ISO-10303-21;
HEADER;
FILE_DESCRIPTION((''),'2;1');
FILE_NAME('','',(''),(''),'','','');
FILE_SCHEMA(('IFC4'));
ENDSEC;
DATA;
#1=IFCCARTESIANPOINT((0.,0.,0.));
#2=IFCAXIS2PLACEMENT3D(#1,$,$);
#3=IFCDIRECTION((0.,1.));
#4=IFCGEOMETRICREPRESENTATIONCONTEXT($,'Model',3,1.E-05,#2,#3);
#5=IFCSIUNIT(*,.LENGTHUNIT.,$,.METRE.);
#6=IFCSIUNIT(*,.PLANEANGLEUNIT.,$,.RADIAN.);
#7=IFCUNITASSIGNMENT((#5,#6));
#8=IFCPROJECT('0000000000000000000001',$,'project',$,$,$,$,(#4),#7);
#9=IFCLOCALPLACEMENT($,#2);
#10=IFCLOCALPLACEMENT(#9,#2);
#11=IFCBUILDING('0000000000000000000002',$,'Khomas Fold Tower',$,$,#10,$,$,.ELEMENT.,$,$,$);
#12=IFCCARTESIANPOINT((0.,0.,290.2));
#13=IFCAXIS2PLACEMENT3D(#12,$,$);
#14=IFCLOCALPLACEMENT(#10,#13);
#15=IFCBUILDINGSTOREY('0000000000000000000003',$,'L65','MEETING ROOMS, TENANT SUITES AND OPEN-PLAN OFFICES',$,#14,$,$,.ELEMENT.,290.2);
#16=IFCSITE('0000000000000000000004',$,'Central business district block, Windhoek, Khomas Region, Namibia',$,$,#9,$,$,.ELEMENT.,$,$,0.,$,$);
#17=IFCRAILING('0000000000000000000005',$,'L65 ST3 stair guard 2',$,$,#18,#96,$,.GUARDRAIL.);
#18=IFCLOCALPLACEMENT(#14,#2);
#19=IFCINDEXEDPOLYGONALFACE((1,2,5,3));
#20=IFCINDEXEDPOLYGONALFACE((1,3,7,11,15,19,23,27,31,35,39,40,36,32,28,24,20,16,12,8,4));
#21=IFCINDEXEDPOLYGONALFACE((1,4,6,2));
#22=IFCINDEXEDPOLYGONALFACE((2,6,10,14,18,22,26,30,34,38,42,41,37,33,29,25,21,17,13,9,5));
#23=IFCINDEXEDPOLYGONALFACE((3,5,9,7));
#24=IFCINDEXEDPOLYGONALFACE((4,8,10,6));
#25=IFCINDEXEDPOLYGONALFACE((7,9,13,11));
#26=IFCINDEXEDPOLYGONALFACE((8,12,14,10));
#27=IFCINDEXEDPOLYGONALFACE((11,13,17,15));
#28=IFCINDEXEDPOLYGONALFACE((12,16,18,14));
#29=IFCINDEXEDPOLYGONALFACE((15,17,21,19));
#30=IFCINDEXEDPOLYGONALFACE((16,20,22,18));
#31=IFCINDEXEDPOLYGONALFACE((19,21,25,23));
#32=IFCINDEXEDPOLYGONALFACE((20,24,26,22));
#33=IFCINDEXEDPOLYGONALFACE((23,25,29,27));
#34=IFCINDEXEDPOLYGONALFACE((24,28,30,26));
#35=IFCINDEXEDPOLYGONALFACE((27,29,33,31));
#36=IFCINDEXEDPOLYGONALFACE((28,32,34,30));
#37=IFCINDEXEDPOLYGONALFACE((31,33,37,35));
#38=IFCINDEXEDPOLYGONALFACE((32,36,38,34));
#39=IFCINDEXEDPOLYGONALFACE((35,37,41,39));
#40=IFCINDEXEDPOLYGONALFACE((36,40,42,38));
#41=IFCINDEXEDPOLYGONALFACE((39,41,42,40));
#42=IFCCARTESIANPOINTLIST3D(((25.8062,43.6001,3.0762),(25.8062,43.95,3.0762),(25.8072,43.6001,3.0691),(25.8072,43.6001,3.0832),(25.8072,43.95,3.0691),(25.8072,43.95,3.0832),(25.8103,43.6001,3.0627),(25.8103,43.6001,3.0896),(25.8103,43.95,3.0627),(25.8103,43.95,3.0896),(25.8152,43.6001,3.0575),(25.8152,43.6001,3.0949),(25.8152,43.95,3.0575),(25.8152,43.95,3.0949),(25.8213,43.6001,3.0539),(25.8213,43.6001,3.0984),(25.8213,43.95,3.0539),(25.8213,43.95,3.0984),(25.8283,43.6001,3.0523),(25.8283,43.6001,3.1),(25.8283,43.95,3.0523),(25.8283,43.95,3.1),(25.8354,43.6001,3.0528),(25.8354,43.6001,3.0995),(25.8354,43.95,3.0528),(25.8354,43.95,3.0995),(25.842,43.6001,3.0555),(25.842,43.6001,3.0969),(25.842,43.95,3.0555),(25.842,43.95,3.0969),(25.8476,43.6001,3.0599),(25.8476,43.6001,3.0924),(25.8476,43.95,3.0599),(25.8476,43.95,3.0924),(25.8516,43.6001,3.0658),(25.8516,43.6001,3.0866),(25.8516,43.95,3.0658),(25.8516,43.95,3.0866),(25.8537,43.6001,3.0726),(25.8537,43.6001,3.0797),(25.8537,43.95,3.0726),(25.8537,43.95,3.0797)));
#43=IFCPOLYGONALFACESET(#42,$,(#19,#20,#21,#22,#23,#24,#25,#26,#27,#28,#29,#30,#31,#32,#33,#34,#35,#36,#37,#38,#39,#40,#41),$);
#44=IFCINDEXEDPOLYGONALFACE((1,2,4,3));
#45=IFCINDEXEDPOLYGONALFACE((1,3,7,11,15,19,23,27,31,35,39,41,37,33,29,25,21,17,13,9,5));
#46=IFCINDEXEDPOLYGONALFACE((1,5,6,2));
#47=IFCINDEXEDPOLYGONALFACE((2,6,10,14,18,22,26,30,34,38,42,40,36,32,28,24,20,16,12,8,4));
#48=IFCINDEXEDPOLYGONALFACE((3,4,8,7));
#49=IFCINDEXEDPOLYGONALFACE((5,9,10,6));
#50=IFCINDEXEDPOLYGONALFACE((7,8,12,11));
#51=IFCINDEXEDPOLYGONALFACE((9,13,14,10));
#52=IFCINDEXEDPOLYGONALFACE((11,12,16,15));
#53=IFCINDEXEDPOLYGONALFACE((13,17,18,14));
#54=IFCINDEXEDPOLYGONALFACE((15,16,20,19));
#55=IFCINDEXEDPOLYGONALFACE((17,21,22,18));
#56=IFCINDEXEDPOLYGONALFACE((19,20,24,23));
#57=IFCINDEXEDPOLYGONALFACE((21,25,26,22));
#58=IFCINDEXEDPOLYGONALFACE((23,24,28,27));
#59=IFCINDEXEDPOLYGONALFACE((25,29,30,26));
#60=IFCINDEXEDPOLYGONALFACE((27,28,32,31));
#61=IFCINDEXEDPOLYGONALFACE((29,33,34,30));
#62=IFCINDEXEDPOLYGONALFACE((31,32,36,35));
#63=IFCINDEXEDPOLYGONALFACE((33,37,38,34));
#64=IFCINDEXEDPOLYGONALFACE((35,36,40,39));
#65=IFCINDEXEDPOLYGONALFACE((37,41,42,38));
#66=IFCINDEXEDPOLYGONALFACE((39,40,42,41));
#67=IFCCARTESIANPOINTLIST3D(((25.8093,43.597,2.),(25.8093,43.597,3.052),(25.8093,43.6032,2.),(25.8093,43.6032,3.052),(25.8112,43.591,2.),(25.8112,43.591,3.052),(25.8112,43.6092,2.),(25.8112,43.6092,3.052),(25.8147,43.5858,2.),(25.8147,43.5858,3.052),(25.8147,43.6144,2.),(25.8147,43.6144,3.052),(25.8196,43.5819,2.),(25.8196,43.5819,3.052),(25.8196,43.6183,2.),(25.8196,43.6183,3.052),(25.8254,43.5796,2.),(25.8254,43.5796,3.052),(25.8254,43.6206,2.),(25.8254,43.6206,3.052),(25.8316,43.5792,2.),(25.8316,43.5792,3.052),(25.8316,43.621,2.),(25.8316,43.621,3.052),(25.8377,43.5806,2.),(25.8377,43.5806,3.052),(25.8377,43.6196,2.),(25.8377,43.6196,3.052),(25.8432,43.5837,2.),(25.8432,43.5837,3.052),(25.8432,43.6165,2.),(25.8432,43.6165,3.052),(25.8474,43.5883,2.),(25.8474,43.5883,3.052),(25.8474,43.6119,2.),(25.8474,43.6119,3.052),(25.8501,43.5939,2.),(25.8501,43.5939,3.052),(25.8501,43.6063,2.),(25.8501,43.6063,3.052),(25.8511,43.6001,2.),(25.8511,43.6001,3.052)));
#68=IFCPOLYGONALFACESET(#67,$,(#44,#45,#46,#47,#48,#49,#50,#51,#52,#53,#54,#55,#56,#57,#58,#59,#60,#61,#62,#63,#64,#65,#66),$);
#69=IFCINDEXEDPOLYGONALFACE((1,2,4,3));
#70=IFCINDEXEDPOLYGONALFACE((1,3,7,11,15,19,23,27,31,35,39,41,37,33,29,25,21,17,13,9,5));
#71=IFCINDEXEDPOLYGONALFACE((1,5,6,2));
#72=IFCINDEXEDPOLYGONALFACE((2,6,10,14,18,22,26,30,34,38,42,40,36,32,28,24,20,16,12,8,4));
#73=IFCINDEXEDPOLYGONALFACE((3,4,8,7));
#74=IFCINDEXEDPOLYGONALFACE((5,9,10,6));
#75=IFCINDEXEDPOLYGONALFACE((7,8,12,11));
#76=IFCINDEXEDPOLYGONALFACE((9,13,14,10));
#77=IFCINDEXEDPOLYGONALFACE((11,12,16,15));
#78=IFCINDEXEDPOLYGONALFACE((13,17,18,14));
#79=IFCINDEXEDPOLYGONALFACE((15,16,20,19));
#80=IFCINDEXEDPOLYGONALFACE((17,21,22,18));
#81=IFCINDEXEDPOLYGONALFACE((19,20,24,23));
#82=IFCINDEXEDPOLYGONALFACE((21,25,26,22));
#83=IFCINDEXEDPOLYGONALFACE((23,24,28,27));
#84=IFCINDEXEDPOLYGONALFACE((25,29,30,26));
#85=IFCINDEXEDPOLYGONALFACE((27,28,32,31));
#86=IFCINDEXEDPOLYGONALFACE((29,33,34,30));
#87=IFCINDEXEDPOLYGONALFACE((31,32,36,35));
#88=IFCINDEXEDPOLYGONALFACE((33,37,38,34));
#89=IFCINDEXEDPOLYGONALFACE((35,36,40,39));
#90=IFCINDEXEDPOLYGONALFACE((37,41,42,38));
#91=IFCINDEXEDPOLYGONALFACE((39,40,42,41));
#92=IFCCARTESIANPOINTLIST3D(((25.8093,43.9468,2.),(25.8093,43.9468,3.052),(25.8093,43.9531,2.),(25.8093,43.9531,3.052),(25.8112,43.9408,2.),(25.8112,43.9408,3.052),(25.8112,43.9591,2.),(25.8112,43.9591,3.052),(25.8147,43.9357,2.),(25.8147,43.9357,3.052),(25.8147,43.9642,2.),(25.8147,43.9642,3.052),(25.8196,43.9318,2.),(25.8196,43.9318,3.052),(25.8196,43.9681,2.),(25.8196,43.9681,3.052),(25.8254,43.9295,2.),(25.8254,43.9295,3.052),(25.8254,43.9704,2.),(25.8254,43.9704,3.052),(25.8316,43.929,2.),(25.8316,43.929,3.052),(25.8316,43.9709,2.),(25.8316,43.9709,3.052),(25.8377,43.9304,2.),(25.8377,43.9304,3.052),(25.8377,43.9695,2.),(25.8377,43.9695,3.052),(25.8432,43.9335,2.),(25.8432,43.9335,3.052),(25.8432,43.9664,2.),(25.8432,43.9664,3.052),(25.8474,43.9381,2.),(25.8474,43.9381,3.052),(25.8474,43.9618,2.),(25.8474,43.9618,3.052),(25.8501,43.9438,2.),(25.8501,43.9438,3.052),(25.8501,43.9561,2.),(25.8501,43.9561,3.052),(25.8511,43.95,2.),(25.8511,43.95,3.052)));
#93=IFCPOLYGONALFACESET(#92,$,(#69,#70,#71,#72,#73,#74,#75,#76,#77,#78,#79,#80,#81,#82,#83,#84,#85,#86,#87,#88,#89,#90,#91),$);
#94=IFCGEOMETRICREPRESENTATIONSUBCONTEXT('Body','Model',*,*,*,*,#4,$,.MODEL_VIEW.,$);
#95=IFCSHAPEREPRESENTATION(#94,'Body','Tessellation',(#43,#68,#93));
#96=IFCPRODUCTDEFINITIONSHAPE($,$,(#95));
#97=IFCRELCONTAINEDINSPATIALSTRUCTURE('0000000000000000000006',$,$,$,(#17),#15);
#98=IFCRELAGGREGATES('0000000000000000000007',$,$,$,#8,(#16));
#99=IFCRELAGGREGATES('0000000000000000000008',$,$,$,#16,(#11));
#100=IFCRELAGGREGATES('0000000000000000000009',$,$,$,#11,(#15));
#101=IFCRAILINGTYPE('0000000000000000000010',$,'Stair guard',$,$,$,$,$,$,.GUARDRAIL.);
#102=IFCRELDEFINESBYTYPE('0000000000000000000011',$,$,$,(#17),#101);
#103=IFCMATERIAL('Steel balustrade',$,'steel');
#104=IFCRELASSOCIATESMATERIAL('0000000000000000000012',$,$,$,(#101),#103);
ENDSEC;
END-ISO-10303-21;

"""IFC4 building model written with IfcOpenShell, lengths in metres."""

from ifc_helpers import new_model, si_unit, direction, frame, origin, origin_2d, place, context, subcontext, project, spatial, circle, extrude, source, transform, mapped, material, type_object, element, save


model = new_model("IFC4")

# Units and contexts
model_context = context("Model", 3, precision=1e-05, world=origin(), true_north=direction((0.0, 1.0)))
body_context = subcontext(model_context, "Body", "Model", "MODEL_VIEW")
ifc_project = project(units=[si_unit("LENGTHUNIT", "METRE"), si_unit("PLANEANGLEUNIT", "RADIAN")], contexts=[model_context])

# Site, building, storey
site_placement = place(None, origin())
site = spatial("IfcSite", under=ifc_project, at=site_placement, Name="Central business district block, Windhoek, Khomas Region, Namibia", CompositionType="ELEMENT", RefElevation=0.0)
building_placement = place(site_placement, origin())
building = spatial("IfcBuilding", under=site, at=building_placement, Name="Khomas Fold Tower", CompositionType="ELEMENT")
storey_placement = place(building_placement, frame((0.0, 0.0, 290.2)))
storey = spatial("IfcBuildingStorey", under=building, at=storey_placement, Name="L65", Description="MEETING ROOMS, TENANT SUITES AND OPEN-PLAN OFFICES", CompositionType="ELEMENT", Elevation=290.2)

# Railing
ifc_material_1 = material(Name="Steel balustrade", Category="steel")
railing_type_1 = type_object("IfcRailingType", Name="Stair guard", PredefinedType="GUARDRAIL", material=ifc_material_1)
shared_shape_1 = source(origin(), body_context, "Body", "SweptSolid", [
    extrude(circle(Radius=0.0239, at=origin_2d()), frame((0.0, 0.0, 1.0762), z_axis=(0.0, 1.0, 0.0), x_axis=(-1.0, 0.0, 0.0)), (0.0, 0.0, 1.0), 0.3499),
    extrude(circle(Radius=0.021, at=origin_2d()), origin(), (0.0, 0.0, 1.0), 1.052),
    extrude(circle(Radius=0.021, at=origin_2d()), frame((0.0, 0.3499, 0.0)), (0.0, 0.0, 1.0), 1.052),
])
railing_1_placement = place(storey_placement, frame((25.8301, 43.6001, 2.0)))
element("IfcRailing", 1, at=railing_1_placement, inside=storey, type_object=railing_type_1, Name="L65 ST3 stair guard 2", PredefinedType="GUARDRAIL", context=body_context, shape_type="MappedRepresentation", body=[
    mapped(shared_shape_1, transform((0.0, 0.0, 0.0))),
])

save(model, "model.ifc")
